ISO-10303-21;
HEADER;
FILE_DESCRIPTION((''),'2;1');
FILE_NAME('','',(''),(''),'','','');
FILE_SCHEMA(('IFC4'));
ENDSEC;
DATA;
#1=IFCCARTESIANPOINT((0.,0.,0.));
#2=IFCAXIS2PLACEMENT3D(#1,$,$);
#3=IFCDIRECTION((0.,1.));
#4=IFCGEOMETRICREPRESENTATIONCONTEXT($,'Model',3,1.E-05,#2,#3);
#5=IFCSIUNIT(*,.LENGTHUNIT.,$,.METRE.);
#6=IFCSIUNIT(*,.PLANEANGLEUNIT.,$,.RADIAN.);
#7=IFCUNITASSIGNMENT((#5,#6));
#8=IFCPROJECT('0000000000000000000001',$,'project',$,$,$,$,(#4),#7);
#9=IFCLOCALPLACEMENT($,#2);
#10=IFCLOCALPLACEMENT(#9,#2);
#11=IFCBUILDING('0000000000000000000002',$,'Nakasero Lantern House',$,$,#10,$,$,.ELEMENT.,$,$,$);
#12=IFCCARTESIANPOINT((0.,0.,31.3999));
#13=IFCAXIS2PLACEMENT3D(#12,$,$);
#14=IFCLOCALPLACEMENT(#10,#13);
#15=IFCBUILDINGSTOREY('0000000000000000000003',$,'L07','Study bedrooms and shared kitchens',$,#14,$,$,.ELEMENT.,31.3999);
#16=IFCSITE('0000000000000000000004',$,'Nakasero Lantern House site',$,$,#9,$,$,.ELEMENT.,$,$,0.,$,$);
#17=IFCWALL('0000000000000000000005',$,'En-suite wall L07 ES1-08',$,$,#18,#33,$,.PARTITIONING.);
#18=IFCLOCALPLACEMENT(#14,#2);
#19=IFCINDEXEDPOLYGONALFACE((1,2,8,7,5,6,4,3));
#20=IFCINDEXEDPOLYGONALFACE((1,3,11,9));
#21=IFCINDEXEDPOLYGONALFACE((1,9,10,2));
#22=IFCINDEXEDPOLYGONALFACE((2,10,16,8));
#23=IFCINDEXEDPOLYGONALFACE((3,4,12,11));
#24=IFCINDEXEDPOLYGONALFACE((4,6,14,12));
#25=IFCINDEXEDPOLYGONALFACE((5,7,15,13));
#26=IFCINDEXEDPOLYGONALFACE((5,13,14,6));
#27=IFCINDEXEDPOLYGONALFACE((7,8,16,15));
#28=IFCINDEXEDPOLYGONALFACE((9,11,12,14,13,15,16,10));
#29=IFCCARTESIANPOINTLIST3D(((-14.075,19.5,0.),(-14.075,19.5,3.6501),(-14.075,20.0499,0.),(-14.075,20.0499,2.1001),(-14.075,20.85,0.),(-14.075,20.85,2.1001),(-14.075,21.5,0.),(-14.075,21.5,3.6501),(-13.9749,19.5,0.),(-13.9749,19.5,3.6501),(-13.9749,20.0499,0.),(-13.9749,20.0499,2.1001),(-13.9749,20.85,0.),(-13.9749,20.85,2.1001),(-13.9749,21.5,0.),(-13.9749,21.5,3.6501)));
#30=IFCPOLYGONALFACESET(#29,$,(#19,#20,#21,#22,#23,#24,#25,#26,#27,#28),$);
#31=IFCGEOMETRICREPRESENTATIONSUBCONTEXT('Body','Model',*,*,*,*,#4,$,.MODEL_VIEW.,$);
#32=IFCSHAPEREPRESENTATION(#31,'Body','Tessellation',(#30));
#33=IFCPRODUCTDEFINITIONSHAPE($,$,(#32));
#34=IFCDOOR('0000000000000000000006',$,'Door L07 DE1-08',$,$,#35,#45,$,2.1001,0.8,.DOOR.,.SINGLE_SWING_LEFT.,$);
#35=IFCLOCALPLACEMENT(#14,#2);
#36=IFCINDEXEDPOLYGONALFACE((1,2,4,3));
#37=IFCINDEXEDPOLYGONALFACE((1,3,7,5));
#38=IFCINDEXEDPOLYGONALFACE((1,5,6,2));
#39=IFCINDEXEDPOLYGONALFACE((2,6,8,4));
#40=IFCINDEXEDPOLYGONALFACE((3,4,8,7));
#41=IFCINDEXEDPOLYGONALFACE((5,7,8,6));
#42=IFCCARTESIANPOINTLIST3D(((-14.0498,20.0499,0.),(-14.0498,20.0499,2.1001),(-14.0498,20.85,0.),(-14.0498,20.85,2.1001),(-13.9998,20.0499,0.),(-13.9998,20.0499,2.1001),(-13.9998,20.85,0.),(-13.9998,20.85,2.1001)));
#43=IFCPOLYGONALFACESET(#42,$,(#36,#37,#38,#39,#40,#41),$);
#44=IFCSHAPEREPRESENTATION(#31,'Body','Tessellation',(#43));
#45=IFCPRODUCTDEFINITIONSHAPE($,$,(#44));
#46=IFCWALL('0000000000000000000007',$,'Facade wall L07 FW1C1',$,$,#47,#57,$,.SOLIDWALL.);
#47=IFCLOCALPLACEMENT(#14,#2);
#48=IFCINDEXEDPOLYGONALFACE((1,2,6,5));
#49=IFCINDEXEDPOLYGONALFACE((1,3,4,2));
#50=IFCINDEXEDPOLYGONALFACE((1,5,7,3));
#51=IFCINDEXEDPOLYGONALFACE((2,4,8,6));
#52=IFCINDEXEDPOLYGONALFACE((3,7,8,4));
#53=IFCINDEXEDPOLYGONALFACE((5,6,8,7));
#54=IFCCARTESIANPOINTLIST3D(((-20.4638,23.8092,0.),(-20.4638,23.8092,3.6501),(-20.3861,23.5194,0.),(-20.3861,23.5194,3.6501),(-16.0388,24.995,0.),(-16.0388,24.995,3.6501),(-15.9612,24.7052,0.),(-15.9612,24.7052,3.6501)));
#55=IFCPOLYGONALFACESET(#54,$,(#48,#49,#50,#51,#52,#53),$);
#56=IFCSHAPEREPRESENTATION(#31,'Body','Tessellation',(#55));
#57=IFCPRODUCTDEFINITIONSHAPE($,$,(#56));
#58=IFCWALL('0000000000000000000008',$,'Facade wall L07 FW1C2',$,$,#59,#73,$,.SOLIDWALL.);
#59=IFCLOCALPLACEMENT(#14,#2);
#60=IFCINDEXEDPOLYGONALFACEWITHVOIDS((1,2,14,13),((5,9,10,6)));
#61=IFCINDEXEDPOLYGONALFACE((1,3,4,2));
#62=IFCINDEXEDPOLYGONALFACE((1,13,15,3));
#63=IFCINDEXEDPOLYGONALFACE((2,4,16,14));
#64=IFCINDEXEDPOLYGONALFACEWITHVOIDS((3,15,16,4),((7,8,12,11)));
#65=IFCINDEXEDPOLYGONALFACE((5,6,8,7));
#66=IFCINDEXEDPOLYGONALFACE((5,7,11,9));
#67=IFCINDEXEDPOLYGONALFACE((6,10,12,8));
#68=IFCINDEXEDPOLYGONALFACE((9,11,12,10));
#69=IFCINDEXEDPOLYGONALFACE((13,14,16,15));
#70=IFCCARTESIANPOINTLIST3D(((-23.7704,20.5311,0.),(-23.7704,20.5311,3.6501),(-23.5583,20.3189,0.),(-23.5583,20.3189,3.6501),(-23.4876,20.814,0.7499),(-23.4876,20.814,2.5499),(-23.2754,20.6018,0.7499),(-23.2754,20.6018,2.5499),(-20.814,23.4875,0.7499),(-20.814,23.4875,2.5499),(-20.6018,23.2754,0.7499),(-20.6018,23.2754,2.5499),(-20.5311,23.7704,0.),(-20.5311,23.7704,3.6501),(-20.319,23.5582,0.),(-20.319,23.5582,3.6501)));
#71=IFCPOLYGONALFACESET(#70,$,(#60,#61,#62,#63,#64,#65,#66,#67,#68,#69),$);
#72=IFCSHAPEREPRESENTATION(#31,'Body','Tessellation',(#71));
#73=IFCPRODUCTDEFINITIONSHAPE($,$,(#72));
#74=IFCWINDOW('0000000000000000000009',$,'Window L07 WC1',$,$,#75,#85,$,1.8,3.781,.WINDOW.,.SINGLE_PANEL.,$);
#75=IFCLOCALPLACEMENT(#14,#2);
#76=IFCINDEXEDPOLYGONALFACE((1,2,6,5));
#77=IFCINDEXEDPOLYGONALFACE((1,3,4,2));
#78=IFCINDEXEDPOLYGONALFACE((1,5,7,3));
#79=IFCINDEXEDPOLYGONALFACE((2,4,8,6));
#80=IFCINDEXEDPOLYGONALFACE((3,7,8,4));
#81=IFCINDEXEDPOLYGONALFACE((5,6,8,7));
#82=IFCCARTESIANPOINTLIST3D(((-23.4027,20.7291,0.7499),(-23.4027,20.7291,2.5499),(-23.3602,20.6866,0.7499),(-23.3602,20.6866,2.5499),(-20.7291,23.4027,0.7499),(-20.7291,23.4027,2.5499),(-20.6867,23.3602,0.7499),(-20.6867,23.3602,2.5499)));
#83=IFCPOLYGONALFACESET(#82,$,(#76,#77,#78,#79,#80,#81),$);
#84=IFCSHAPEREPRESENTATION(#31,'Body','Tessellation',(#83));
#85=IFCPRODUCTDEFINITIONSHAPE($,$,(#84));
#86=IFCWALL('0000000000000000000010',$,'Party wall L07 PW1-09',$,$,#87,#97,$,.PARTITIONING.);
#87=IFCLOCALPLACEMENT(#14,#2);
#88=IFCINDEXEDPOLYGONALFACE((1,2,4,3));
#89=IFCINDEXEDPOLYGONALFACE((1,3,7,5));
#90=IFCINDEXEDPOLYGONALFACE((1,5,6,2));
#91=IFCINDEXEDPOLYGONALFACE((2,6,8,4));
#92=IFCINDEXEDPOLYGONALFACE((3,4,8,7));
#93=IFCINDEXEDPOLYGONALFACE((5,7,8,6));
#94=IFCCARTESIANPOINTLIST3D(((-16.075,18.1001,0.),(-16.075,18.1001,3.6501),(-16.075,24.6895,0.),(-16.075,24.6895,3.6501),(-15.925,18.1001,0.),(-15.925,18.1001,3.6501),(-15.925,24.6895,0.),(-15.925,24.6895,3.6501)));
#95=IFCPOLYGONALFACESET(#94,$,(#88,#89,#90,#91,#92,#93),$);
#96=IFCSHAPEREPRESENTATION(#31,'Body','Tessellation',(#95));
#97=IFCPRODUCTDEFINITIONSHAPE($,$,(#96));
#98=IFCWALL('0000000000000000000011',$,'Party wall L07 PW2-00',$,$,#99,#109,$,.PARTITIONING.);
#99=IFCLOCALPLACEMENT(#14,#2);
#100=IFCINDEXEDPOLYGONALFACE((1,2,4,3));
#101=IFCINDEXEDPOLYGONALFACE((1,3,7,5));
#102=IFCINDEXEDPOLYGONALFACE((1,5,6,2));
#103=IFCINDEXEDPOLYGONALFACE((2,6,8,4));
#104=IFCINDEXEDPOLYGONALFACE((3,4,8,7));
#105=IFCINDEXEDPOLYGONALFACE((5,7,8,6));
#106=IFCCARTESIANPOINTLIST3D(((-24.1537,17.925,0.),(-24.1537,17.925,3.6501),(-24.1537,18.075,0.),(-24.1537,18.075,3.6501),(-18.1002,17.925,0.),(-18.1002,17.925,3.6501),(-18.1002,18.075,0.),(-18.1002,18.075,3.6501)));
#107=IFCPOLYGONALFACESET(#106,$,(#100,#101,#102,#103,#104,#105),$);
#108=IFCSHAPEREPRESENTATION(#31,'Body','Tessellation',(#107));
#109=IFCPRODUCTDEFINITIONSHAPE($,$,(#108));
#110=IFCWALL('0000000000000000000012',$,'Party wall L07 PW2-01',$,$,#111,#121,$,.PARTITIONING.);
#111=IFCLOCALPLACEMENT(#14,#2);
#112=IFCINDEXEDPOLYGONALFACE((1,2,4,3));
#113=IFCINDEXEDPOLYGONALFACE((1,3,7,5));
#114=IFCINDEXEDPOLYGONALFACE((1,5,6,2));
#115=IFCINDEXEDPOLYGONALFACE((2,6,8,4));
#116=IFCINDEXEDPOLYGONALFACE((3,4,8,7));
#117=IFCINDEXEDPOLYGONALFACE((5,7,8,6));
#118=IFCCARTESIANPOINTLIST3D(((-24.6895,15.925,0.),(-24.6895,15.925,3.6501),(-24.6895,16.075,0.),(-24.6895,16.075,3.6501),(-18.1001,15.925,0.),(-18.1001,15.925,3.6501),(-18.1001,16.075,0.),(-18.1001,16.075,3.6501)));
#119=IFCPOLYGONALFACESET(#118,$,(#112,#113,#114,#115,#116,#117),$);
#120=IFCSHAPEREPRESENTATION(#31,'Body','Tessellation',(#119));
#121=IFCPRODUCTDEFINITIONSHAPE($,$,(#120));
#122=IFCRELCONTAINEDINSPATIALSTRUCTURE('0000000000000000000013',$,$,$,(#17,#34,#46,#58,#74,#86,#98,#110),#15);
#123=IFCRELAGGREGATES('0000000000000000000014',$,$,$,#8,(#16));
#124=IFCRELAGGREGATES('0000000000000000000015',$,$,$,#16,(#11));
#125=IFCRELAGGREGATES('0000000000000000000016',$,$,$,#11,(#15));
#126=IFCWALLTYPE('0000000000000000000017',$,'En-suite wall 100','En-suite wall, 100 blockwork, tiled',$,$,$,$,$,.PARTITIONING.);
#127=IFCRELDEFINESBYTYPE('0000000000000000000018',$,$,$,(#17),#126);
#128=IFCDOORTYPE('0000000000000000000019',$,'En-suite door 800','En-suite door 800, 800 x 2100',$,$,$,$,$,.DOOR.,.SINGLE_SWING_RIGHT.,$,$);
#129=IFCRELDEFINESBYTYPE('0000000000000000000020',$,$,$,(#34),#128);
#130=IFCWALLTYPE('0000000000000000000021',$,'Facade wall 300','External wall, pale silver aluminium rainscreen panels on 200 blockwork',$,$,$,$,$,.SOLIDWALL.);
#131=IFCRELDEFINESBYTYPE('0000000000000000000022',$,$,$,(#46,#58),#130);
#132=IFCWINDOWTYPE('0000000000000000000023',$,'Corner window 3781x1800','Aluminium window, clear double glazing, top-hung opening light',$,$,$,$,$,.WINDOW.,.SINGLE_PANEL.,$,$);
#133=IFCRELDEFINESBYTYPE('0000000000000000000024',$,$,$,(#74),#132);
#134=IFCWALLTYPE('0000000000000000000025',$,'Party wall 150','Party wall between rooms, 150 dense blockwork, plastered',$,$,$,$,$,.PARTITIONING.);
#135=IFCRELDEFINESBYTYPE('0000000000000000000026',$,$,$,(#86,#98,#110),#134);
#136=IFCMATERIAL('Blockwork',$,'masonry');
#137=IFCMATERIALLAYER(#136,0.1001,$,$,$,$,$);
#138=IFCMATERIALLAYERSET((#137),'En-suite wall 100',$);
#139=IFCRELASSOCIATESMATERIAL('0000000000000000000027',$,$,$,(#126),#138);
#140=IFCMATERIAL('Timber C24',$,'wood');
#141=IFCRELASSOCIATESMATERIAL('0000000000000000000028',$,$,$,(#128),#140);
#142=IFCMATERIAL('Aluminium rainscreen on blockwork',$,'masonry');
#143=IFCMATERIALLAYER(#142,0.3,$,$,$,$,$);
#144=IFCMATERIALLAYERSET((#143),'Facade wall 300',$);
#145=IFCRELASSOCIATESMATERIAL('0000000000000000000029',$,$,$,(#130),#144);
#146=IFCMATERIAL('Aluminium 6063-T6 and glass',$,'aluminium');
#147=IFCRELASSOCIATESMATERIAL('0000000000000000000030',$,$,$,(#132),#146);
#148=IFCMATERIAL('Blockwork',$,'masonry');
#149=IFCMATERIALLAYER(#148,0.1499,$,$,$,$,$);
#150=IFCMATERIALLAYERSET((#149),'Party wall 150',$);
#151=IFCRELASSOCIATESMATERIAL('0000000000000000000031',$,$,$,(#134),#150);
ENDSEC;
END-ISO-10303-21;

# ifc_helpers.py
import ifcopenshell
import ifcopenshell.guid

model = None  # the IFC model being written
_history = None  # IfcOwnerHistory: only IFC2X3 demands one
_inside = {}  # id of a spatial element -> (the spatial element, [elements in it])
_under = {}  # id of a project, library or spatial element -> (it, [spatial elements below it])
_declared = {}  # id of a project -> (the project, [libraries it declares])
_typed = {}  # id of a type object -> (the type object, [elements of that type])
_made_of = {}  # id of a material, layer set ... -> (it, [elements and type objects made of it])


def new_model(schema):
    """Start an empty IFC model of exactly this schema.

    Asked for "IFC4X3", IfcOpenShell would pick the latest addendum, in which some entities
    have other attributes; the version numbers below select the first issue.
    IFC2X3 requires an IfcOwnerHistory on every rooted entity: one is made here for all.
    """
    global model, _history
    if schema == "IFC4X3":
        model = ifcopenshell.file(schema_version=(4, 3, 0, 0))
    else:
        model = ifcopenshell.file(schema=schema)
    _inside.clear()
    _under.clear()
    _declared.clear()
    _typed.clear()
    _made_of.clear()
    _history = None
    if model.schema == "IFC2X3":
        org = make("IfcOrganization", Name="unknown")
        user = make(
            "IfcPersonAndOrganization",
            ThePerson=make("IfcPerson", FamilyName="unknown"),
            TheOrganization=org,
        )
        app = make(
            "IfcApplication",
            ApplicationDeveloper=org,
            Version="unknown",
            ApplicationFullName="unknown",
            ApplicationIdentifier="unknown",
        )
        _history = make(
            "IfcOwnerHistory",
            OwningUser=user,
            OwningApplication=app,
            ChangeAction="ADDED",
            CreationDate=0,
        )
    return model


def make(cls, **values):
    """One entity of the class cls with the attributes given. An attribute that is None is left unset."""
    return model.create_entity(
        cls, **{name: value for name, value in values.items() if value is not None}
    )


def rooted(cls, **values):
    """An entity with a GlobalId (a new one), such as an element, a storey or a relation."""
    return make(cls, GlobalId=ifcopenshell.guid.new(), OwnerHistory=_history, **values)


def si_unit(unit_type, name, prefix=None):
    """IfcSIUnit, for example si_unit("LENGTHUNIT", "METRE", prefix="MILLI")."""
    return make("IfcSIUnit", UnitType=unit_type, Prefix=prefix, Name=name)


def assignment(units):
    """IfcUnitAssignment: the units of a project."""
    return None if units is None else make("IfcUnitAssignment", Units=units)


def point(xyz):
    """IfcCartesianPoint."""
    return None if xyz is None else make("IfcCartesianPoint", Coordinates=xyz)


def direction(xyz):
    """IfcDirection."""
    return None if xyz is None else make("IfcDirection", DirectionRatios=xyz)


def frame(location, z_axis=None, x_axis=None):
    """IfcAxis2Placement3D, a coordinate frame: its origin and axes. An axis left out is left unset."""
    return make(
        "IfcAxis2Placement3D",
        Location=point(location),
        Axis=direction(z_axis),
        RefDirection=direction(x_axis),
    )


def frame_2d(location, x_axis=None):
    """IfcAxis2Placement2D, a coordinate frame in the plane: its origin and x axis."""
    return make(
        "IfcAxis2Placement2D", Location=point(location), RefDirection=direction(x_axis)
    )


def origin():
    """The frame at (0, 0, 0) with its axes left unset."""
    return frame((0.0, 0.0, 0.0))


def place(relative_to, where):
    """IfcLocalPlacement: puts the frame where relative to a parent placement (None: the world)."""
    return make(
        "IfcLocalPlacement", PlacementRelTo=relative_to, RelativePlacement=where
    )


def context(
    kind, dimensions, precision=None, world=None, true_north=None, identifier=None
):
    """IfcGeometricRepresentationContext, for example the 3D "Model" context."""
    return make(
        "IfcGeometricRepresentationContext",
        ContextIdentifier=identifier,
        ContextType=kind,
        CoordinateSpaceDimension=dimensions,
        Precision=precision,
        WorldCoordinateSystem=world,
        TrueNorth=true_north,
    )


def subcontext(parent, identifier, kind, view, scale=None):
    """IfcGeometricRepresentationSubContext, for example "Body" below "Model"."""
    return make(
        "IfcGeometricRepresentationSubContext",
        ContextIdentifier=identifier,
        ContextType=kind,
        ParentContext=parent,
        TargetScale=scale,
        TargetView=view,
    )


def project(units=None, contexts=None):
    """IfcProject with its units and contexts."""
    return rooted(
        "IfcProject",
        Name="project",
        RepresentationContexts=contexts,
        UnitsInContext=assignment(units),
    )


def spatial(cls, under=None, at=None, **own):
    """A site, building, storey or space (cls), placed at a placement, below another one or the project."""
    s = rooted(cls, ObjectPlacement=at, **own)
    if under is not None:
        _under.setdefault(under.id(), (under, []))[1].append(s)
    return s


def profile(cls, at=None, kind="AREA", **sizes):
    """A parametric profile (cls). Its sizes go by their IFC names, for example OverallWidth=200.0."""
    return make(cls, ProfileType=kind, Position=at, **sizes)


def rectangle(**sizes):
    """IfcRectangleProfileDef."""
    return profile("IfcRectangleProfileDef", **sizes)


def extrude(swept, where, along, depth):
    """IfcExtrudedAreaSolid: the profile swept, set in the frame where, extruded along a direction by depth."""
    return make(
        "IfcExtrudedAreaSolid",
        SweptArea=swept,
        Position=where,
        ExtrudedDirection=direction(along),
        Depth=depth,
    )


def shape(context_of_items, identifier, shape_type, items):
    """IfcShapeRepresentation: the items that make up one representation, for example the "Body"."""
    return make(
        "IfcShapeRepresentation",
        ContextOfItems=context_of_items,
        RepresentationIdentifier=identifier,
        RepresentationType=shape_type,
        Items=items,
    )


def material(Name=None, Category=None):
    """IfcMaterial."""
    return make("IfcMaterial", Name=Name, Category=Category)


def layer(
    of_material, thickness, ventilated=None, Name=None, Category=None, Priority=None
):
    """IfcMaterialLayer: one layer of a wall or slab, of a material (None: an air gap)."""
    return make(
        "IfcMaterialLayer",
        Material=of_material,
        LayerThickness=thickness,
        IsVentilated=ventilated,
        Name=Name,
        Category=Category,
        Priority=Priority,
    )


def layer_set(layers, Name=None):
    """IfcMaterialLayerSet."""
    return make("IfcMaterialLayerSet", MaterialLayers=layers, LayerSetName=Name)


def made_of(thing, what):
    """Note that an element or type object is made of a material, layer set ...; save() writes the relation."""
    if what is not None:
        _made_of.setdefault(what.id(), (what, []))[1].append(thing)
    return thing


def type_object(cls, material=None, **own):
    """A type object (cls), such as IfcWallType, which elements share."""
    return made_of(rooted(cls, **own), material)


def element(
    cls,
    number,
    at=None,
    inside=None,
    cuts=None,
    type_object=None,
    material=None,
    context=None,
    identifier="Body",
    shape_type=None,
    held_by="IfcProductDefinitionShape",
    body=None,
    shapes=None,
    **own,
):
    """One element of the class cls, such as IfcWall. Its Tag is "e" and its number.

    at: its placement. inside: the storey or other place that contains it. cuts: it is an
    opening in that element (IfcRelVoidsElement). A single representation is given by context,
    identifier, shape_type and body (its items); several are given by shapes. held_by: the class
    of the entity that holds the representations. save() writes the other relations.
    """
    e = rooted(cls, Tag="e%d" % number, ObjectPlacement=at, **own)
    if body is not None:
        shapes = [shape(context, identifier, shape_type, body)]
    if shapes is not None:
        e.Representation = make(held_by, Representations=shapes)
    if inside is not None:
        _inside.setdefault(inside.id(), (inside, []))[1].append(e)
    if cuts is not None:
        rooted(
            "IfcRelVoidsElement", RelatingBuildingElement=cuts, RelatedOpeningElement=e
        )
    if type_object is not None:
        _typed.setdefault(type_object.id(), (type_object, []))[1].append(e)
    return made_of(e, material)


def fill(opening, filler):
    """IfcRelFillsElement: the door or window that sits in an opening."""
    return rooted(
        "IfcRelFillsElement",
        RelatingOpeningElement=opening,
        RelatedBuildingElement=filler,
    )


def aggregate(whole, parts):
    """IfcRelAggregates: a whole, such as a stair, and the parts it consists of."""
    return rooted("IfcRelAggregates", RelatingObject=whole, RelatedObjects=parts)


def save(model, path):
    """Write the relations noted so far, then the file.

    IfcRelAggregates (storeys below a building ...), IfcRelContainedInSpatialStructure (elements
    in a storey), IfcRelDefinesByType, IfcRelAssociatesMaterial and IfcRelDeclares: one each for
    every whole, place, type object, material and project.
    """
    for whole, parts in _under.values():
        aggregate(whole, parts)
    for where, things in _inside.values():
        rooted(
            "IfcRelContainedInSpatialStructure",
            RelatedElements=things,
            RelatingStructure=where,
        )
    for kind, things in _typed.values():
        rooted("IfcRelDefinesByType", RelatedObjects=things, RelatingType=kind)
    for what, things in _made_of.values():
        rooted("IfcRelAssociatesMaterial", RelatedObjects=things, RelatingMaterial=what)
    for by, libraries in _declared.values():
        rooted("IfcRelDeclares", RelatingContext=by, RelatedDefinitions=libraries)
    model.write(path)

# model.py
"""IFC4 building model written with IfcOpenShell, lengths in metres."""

from ifc_helpers import new_model, si_unit, direction, frame, frame_2d, origin, place, context, subcontext, project, spatial, rectangle, extrude, material, layer, layer_set, type_object, element, fill, save


model = new_model("IFC4")

# Units and contexts
model_context = context("Model", 3, precision=1e-05, world=origin(), true_north=direction((0.0, 1.0)))
body_context = subcontext(model_context, "Body", "Model", "MODEL_VIEW")
ifc_project = project(units=[si_unit("LENGTHUNIT", "METRE"), si_unit("PLANEANGLEUNIT", "RADIAN")], contexts=[model_context])

# Site, building, storey
site_placement = place(None, origin())
site = spatial("IfcSite", under=ifc_project, at=site_placement, Name="Nakasero Lantern House site", CompositionType="ELEMENT", RefElevation=0.0)
building_placement = place(site_placement, origin())
building = spatial("IfcBuilding", under=site, at=building_placement, Name="Nakasero Lantern House", CompositionType="ELEMENT")
storey_placement = place(building_placement, frame((0.0, 0.0, 31.3999)))
storey = spatial("IfcBuildingStorey", under=building, at=storey_placement, Name="L07", Description="Study bedrooms and shared kitchens", CompositionType="ELEMENT", Elevation=31.3999)

# Wall, opening, door
ifc_material_1 = material(Name="Blockwork", Category="masonry")
ifc_layer_1 = layer(ifc_material_1, 0.1001)
ifc_layer_set_1 = layer_set([ifc_layer_1], Name="En-suite wall 100")
wall_type_1 = type_object("IfcWallType", Name="En-suite wall 100", Description="En-suite wall, 100 blockwork, tiled", PredefinedType="PARTITIONING", material=ifc_layer_set_1)
wall_1_placement = place(storey_placement, frame((-14.0249, 19.5, 0.0), z_axis=(0.0, 0.0, 1.0), x_axis=(0.0, 1.0, 0.0)))
wall_1 = element("IfcWall", 1, at=wall_1_placement, inside=storey, type_object=wall_type_1, Name="En-suite wall L07 ES1-08", PredefinedType="PARTITIONING", context=body_context, shape_type="SweptSolid", body=[
    extrude(rectangle(XDim=2.0, YDim=0.1001, at=frame_2d((1.0, 0.0))), origin(), (0.0, 0.0, 1.0), 3.6501),
])
opening_1_placement = place(wall_1_placement, frame((0.55, 0.0, 0.0)))
opening_1 = element("IfcOpeningElement", 2, at=opening_1_placement, cuts=wall_1, PredefinedType="OPENING", context=body_context, shape_type="SweptSolid", body=[
    extrude(rectangle(XDim=0.8, YDim=2.1001, at=frame_2d((0.3999, 1.05))), frame((0.0, 0.0701, 0.0), z_axis=(0.0, -1.0, 0.0), x_axis=(1.0, 0.0, 0.0)), (0.0, 0.0, 1.0), 0.1401),
])
ifc_material_2 = material(Name="Timber C24", Category="wood")
door_type_1 = type_object("IfcDoorType", Name="En-suite door 800", Description="En-suite door 800, 800 x 2100", OperationType="SINGLE_SWING_RIGHT", PredefinedType="DOOR", material=ifc_material_2)
door_1_placement = place(opening_1_placement, origin())
door_1 = element("IfcDoor", 3, at=door_1_placement, inside=storey, type_object=door_type_1, Name="Door L07 DE1-08", OperationType="SINGLE_SWING_LEFT", OverallHeight=2.1001, OverallWidth=0.8, PredefinedType="DOOR", context=body_context, shape_type="SweptSolid", body=[
    extrude(rectangle(XDim=0.8, YDim=2.1001, at=frame_2d((0.3999, 1.05))), frame((0.0, 0.0249, 0.0), z_axis=(0.0, -1.0, 0.0), x_axis=(1.0, 0.0, 0.0)), (0.0, 0.0, 1.0), 0.05),
])
fill(opening_1, door_1)

# Wall
ifc_material_3 = material(Name="Aluminium rainscreen on blockwork", Category="masonry")
ifc_layer_2 = layer(ifc_material_3, 0.3)
ifc_layer_set_2 = layer_set([ifc_layer_2], Name="Facade wall 300")
wall_type_2 = type_object("IfcWallType", Name="Facade wall 300", Description="External wall, pale silver aluminium rainscreen panels on 200 blockwork", PredefinedType="SOLIDWALL", material=ifc_layer_set_2)
wall_2_placement = place(storey_placement, frame((-16.0, 24.8501, 0.0), z_axis=(0.0, 0.0, 1.0), x_axis=(-0.96592, -0.25884, 0.0)))
element("IfcWall", 4, at=wall_2_placement, inside=storey, type_object=wall_type_2, Name="Facade wall L07 FW1C1", PredefinedType="SOLIDWALL", context=body_context, shape_type="SweptSolid", body=[
    extrude(rectangle(XDim=4.5811, YDim=0.3, at=frame_2d((2.2905, 0.0))), origin(), (0.0, 0.0, 1.0), 3.6501),
])

# Wall, opening, window
wall_3_placement = place(storey_placement, frame((-20.425, 23.6643, 0.0), z_axis=(0.0, 0.0, 1.0), x_axis=(-0.707107, -0.707107, 0.0)))
wall_3 = element("IfcWall", 5, at=wall_3_placement, inside=storey, type_object=wall_type_2, Name="Facade wall L07 FW1C2", PredefinedType="SOLIDWALL", context=body_context, shape_type="SweptSolid", body=[
    extrude(rectangle(XDim=4.5811, YDim=0.3, at=frame_2d((2.2905, 0.0))), origin(), (0.0, 0.0, 1.0), 3.6501),
])
opening_2_placement = place(wall_3_placement, frame((0.3999, 0.0, 0.75)))
opening_2 = element("IfcOpeningElement", 6, at=opening_2_placement, cuts=wall_3, PredefinedType="OPENING", context=body_context, shape_type="SweptSolid", body=[
    extrude(rectangle(XDim=3.781, YDim=1.8, at=frame_2d((1.8906, 0.8999))), frame((0.0, 0.1699, 0.0), z_axis=(0.0, -1.0, 0.0), x_axis=(1.0, 0.0, 0.0)), (0.0, 0.0, 1.0), 0.3401),
])
ifc_material_4 = material(Name="Aluminium 6063-T6 and glass", Category="aluminium")
window_type = type_object("IfcWindowType", Name="Corner window 3781x1800", Description="Aluminium window, clear double glazing, top-hung opening light", PartitioningType="SINGLE_PANEL", PredefinedType="WINDOW", material=ifc_material_4)
window_placement = place(opening_2_placement, origin())
window = element("IfcWindow", 7, at=window_placement, inside=storey, type_object=window_type, Name="Window L07 WC1", OverallHeight=1.8, OverallWidth=3.781, PartitioningType="SINGLE_PANEL", PredefinedType="WINDOW", context=body_context, shape_type="SweptSolid", body=[
    extrude(rectangle(XDim=3.781, YDim=1.8, at=frame_2d((1.8906, 0.8999))), frame((0.0, 0.03, 0.0), z_axis=(0.0, -1.0, 0.0), x_axis=(1.0, 0.0, 0.0)), (0.0, 0.0, 1.0), 0.0601),
])
fill(opening_2, window)

# Walls
ifc_material_5 = material(Name="Blockwork", Category="masonry")
ifc_layer_3 = layer(ifc_material_5, 0.1499)
ifc_layer_set_3 = layer_set([ifc_layer_3], Name="Party wall 150")
wall_type_3 = type_object("IfcWallType", Name="Party wall 150", Description="Party wall between rooms, 150 dense blockwork, plastered", PredefinedType="PARTITIONING", material=ifc_layer_set_3)
wall_4_placement = place(storey_placement, frame((-16.0, 18.1001, 0.0), z_axis=(0.0, 0.0, 1.0), x_axis=(0.0, 1.0, 0.0)))
element("IfcWall", 8, at=wall_4_placement, inside=storey, type_object=wall_type_3, Name="Party wall L07 PW1-09", PredefinedType="PARTITIONING", context=body_context, shape_type="SweptSolid", body=[
    extrude(rectangle(XDim=6.5894, YDim=0.1499, at=frame_2d((3.2947, 0.0))), origin(), (0.0, 0.0, 1.0), 3.6501),
])
wall_5_placement = place(storey_placement, frame((-18.1001, 18.0, 0.0), z_axis=(0.0, 0.0, 1.0), x_axis=(-1.0, 0.0, 0.0)))
element("IfcWall", 9, at=wall_5_placement, inside=storey, type_object=wall_type_3, Name="Party wall L07 PW2-00", PredefinedType="PARTITIONING", context=body_context, shape_type="SweptSolid", body=[
    extrude(rectangle(XDim=6.0535, YDim=0.1499, at=frame_2d((3.0269, 0.0))), origin(), (0.0, 0.0, 1.0), 3.6501),
])
wall_6_placement = place(storey_placement, frame((-18.1001, 16.0, 0.0), z_axis=(0.0, 0.0, 1.0), x_axis=(-1.0, 0.0, 0.0)))
element("IfcWall", 10, at=wall_6_placement, inside=storey, type_object=wall_type_3, Name="Party wall L07 PW2-01", PredefinedType="PARTITIONING", context=body_context, shape_type="SweptSolid", body=[
    extrude(rectangle(XDim=6.5894, YDim=0.1499, at=frame_2d((3.2947, 0.0))), origin(), (0.0, 0.0, 1.0), 3.6501),
])

save(model, "model.ifc")
